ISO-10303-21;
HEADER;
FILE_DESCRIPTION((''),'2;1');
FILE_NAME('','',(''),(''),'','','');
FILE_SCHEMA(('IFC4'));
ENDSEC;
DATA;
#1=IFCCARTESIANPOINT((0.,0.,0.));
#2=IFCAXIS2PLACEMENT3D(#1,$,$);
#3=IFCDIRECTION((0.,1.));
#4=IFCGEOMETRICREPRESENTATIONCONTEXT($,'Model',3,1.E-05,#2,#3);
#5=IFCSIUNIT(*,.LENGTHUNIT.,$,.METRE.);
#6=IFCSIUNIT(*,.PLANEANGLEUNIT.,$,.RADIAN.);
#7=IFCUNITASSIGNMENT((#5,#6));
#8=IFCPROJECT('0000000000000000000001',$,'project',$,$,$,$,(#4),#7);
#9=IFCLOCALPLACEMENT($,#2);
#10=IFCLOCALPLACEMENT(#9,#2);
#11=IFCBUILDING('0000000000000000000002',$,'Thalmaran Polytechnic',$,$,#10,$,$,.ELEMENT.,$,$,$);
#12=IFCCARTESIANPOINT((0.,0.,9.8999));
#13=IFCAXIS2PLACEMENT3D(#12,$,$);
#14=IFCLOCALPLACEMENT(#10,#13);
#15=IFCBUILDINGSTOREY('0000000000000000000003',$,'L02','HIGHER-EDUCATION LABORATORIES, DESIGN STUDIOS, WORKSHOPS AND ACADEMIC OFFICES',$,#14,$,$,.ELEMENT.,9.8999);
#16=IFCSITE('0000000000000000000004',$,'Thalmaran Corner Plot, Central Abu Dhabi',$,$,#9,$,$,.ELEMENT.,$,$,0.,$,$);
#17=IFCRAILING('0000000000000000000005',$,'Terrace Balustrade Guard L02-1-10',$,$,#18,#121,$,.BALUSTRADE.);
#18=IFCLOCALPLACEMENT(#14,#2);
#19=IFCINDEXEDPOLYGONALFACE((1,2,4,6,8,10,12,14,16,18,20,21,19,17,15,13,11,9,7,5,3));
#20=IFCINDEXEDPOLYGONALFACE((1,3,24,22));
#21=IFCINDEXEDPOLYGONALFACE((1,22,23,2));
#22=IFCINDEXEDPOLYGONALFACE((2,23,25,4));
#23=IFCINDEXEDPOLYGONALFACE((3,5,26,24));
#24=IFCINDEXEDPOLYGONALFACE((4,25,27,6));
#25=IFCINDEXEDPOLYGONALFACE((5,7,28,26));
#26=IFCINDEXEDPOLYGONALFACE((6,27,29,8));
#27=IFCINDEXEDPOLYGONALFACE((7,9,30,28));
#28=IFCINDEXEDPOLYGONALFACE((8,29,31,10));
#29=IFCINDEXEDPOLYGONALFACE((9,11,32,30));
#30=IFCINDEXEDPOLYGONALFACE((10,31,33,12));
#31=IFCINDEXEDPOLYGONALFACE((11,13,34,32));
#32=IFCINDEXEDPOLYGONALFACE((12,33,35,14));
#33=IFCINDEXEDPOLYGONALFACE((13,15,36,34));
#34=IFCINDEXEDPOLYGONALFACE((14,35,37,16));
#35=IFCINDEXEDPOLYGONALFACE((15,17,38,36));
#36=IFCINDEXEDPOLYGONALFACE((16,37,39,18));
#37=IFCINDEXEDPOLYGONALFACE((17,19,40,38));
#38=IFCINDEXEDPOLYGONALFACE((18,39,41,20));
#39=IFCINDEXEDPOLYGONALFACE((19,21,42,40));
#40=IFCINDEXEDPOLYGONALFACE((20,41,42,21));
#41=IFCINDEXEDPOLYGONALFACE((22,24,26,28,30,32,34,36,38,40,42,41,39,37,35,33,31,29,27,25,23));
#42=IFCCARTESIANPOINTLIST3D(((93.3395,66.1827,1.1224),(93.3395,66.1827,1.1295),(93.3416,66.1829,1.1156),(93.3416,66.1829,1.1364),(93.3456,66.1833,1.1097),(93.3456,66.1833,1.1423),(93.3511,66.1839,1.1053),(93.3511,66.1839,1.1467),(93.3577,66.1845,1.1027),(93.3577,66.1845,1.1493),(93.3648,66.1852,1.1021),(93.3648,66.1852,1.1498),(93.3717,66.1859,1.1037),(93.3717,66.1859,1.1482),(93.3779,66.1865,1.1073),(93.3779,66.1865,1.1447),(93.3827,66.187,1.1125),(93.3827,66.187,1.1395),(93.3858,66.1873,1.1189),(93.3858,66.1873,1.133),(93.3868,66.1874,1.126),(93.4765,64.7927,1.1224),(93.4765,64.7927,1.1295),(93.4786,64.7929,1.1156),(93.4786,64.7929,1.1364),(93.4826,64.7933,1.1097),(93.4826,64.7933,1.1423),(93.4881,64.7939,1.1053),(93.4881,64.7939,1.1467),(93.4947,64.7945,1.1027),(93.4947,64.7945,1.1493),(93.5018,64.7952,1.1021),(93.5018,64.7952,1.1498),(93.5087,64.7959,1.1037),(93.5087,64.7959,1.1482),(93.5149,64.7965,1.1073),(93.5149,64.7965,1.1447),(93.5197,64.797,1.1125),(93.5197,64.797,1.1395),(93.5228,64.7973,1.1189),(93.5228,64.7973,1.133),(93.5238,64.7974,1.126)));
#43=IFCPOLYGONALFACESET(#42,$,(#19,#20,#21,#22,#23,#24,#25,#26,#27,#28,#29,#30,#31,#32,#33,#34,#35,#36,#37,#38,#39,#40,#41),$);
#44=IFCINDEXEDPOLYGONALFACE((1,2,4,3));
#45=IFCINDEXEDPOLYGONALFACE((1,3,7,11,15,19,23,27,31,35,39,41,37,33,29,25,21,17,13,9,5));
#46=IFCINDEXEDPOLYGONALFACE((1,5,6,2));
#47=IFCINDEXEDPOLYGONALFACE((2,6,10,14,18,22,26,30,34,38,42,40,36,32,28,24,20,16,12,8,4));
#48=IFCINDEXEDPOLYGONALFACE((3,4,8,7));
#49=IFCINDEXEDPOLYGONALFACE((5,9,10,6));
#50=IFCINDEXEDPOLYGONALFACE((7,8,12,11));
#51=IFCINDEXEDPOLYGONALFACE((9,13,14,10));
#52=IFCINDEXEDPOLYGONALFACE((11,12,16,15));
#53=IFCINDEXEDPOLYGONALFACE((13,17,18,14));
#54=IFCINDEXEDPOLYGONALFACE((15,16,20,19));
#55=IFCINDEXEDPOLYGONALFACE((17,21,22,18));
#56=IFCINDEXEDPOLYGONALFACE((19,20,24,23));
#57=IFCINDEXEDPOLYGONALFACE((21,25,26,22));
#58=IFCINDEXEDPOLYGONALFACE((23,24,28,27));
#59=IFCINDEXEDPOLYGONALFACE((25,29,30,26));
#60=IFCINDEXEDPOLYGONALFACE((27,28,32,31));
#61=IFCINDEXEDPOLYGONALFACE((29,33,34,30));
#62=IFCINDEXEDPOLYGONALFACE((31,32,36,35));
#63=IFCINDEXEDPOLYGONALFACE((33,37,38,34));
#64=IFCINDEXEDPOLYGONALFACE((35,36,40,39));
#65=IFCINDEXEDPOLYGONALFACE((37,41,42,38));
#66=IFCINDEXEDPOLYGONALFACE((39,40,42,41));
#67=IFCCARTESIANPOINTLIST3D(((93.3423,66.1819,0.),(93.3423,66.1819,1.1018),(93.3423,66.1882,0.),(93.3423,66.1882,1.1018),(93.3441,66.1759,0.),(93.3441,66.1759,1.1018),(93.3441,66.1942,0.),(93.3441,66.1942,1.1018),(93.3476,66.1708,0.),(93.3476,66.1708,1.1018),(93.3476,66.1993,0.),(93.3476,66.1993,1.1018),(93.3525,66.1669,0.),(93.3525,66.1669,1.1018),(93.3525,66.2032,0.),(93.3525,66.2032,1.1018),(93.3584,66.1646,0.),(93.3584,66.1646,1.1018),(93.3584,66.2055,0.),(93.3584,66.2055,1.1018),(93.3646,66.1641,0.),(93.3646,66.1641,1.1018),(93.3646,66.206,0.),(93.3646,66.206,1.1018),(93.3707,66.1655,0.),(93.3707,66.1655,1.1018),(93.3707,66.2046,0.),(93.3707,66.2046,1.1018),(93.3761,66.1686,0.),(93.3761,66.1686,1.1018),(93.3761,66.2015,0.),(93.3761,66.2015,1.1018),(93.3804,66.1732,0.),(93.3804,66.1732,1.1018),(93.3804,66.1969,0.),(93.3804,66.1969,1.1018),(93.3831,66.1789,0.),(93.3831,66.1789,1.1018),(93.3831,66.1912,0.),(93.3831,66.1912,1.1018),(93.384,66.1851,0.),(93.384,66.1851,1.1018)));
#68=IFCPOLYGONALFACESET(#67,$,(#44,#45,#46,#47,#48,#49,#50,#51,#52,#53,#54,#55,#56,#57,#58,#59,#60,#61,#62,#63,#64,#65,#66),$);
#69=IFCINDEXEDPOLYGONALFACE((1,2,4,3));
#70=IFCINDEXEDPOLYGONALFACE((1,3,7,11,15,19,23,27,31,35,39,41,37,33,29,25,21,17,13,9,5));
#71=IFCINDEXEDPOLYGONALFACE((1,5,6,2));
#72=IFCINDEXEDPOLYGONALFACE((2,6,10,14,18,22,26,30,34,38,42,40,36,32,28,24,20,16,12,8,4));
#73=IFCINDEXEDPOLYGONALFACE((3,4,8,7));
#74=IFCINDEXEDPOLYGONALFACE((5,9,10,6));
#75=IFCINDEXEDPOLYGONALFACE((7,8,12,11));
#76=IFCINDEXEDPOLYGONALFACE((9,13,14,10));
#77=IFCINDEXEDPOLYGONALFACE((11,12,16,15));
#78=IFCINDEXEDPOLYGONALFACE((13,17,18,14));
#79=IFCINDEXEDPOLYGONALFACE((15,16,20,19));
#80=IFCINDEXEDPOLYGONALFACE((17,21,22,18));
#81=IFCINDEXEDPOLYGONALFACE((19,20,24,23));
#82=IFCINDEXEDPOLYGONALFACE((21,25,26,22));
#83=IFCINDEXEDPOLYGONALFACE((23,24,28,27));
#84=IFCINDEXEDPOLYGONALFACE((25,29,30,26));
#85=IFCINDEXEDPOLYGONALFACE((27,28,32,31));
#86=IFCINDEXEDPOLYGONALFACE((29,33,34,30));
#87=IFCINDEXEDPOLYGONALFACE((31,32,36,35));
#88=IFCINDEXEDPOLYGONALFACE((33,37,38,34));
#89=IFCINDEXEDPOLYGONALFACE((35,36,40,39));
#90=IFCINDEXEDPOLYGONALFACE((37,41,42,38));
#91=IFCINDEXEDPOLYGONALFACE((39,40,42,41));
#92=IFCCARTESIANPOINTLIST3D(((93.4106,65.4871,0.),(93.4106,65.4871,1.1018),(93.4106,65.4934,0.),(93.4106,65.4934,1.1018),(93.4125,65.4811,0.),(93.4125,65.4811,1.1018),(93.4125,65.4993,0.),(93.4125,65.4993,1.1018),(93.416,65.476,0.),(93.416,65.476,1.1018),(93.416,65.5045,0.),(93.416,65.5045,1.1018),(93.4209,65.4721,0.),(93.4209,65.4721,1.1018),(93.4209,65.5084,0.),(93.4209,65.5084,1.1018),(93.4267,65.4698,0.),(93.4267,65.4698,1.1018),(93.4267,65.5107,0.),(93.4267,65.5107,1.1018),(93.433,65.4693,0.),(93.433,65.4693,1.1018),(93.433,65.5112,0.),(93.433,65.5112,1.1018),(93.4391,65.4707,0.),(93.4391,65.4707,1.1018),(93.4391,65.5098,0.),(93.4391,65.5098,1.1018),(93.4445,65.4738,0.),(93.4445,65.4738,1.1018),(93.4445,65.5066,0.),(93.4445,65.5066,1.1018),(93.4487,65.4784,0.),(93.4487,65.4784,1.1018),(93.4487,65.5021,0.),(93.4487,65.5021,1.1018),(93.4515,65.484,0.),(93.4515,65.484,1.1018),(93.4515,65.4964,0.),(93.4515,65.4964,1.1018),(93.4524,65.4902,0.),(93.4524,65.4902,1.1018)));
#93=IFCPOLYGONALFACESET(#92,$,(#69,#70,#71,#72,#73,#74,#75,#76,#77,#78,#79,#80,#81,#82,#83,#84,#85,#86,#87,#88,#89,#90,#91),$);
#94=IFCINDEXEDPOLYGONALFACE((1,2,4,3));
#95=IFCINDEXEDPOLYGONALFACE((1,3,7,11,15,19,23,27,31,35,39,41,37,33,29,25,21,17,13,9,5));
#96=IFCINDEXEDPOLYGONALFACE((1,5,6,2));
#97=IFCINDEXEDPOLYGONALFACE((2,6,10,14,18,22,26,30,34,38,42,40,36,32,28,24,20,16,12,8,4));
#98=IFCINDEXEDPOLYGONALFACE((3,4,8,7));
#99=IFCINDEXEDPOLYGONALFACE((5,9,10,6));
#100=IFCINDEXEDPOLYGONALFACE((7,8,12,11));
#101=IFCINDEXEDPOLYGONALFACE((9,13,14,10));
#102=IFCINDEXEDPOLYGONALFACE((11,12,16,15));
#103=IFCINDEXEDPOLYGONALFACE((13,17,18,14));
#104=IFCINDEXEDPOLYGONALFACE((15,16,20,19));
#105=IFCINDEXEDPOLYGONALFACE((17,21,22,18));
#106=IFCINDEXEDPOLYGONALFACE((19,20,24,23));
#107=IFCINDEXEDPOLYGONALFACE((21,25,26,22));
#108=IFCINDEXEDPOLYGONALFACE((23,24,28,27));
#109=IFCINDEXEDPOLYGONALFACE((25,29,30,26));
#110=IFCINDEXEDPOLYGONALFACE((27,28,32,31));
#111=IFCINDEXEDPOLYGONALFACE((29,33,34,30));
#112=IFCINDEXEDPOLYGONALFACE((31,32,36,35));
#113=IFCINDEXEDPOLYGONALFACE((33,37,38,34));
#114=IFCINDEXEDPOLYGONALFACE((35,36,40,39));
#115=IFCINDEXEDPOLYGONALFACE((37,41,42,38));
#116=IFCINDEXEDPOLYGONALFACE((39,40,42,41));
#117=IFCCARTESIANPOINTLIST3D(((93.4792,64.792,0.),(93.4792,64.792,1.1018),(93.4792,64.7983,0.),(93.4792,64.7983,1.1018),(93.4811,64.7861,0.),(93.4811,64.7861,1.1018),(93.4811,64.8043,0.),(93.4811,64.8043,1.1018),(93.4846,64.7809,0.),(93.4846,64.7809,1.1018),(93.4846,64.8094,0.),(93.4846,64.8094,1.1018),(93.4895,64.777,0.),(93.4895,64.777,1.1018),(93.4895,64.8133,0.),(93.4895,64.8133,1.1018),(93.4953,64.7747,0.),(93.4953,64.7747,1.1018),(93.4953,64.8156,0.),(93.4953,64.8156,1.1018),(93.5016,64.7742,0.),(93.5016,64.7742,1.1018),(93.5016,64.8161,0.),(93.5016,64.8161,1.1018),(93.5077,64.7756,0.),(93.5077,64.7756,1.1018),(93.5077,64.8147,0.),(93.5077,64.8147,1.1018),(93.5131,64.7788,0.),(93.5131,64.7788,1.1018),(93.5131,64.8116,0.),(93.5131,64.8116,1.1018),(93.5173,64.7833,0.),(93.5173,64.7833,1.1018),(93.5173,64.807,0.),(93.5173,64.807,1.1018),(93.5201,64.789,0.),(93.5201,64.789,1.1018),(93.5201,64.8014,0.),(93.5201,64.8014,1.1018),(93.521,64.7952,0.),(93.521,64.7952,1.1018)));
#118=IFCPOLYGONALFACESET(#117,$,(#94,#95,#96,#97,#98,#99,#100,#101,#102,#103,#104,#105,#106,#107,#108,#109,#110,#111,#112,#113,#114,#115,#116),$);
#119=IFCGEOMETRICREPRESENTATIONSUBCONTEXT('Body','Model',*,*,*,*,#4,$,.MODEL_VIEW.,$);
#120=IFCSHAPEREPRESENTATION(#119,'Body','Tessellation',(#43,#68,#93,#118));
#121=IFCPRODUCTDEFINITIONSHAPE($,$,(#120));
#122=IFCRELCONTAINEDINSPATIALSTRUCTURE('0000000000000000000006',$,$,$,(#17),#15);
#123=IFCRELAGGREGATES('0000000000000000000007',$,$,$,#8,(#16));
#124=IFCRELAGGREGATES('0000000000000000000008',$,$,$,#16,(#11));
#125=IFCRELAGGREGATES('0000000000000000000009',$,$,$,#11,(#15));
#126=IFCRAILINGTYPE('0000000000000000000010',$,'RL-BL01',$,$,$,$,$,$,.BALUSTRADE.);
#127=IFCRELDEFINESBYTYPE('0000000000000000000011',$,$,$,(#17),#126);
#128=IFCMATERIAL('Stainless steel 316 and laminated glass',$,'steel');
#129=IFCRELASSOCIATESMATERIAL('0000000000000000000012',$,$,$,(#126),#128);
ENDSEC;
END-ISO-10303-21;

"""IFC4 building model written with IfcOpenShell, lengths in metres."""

from ifc_helpers import new_model, si_unit, direction, frame, origin, origin_2d, place, context, subcontext, project, spatial, circle, extrude, material, type_object, element, save


model = new_model("IFC4")

# Units and contexts
model_context = context("Model", 3, precision=1e-05, world=origin(), true_north=direction((0.0, 1.0)))
body_context = subcontext(model_context, "Body", "Model", "MODEL_VIEW")
ifc_project = project(units=[si_unit("LENGTHUNIT", "METRE"), si_unit("PLANEANGLEUNIT", "RADIAN")], contexts=[model_context])

# Site, building, storey
site_placement = place(None, origin())
site = spatial("IfcSite", under=ifc_project, at=site_placement, Name="Thalmaran Corner Plot, Central Abu Dhabi", CompositionType="ELEMENT", RefElevation=0.0)
building_placement = place(site_placement, origin())
building = spatial("IfcBuilding", under=site, at=building_placement, Name="Thalmaran Polytechnic", CompositionType="ELEMENT")
storey_placement = place(building_placement, frame((0.0, 0.0, 9.8999)))
storey = spatial("IfcBuildingStorey", under=building, at=storey_placement, Name="L02", Description="HIGHER-EDUCATION LABORATORIES, DESIGN STUDIOS, WORKSHOPS AND ACADEMIC OFFICES", CompositionType="ELEMENT", Elevation=9.8999)

# Railing
ifc_material = material(Name="Stainless steel 316 and laminated glass", Category="steel")
railing_type = type_object("IfcRailingType", Name="RL-BL01", PredefinedType="BALUSTRADE", material=ifc_material)
railing_1_placement = place(storey_placement, frame((93.363, 66.1851, 0.0)))
element("IfcRailing", 1, at=railing_1_placement, inside=storey, type_object=railing_type, Name="Terrace Balustrade Guard L02-1-10", PredefinedType="BALUSTRADE", context=body_context, shape_type="SweptSolid", body=[
    extrude(circle(Radius=0.0239, at=origin_2d()), frame((0.0, 0.0, 1.126), z_axis=(0.098067, -0.99518, 0.0), x_axis=(0.99518, 0.098067, 0.0)), (0.0, 0.0, 1.0), 1.3967),
    extrude(circle(Radius=0.021, at=origin_2d()), origin(), (0.0, 0.0, 1.0), 1.1018),
    extrude(circle(Radius=0.021, at=origin_2d()), frame((0.0684, -0.6948, 0.0)), (0.0, 0.0, 1.0), 1.1018),
    extrude(circle(Radius=0.021, at=origin_2d()), frame((0.137, -1.3899, 0.0)), (0.0, 0.0, 1.0), 1.1018),
])

save(model, "model.ifc")
